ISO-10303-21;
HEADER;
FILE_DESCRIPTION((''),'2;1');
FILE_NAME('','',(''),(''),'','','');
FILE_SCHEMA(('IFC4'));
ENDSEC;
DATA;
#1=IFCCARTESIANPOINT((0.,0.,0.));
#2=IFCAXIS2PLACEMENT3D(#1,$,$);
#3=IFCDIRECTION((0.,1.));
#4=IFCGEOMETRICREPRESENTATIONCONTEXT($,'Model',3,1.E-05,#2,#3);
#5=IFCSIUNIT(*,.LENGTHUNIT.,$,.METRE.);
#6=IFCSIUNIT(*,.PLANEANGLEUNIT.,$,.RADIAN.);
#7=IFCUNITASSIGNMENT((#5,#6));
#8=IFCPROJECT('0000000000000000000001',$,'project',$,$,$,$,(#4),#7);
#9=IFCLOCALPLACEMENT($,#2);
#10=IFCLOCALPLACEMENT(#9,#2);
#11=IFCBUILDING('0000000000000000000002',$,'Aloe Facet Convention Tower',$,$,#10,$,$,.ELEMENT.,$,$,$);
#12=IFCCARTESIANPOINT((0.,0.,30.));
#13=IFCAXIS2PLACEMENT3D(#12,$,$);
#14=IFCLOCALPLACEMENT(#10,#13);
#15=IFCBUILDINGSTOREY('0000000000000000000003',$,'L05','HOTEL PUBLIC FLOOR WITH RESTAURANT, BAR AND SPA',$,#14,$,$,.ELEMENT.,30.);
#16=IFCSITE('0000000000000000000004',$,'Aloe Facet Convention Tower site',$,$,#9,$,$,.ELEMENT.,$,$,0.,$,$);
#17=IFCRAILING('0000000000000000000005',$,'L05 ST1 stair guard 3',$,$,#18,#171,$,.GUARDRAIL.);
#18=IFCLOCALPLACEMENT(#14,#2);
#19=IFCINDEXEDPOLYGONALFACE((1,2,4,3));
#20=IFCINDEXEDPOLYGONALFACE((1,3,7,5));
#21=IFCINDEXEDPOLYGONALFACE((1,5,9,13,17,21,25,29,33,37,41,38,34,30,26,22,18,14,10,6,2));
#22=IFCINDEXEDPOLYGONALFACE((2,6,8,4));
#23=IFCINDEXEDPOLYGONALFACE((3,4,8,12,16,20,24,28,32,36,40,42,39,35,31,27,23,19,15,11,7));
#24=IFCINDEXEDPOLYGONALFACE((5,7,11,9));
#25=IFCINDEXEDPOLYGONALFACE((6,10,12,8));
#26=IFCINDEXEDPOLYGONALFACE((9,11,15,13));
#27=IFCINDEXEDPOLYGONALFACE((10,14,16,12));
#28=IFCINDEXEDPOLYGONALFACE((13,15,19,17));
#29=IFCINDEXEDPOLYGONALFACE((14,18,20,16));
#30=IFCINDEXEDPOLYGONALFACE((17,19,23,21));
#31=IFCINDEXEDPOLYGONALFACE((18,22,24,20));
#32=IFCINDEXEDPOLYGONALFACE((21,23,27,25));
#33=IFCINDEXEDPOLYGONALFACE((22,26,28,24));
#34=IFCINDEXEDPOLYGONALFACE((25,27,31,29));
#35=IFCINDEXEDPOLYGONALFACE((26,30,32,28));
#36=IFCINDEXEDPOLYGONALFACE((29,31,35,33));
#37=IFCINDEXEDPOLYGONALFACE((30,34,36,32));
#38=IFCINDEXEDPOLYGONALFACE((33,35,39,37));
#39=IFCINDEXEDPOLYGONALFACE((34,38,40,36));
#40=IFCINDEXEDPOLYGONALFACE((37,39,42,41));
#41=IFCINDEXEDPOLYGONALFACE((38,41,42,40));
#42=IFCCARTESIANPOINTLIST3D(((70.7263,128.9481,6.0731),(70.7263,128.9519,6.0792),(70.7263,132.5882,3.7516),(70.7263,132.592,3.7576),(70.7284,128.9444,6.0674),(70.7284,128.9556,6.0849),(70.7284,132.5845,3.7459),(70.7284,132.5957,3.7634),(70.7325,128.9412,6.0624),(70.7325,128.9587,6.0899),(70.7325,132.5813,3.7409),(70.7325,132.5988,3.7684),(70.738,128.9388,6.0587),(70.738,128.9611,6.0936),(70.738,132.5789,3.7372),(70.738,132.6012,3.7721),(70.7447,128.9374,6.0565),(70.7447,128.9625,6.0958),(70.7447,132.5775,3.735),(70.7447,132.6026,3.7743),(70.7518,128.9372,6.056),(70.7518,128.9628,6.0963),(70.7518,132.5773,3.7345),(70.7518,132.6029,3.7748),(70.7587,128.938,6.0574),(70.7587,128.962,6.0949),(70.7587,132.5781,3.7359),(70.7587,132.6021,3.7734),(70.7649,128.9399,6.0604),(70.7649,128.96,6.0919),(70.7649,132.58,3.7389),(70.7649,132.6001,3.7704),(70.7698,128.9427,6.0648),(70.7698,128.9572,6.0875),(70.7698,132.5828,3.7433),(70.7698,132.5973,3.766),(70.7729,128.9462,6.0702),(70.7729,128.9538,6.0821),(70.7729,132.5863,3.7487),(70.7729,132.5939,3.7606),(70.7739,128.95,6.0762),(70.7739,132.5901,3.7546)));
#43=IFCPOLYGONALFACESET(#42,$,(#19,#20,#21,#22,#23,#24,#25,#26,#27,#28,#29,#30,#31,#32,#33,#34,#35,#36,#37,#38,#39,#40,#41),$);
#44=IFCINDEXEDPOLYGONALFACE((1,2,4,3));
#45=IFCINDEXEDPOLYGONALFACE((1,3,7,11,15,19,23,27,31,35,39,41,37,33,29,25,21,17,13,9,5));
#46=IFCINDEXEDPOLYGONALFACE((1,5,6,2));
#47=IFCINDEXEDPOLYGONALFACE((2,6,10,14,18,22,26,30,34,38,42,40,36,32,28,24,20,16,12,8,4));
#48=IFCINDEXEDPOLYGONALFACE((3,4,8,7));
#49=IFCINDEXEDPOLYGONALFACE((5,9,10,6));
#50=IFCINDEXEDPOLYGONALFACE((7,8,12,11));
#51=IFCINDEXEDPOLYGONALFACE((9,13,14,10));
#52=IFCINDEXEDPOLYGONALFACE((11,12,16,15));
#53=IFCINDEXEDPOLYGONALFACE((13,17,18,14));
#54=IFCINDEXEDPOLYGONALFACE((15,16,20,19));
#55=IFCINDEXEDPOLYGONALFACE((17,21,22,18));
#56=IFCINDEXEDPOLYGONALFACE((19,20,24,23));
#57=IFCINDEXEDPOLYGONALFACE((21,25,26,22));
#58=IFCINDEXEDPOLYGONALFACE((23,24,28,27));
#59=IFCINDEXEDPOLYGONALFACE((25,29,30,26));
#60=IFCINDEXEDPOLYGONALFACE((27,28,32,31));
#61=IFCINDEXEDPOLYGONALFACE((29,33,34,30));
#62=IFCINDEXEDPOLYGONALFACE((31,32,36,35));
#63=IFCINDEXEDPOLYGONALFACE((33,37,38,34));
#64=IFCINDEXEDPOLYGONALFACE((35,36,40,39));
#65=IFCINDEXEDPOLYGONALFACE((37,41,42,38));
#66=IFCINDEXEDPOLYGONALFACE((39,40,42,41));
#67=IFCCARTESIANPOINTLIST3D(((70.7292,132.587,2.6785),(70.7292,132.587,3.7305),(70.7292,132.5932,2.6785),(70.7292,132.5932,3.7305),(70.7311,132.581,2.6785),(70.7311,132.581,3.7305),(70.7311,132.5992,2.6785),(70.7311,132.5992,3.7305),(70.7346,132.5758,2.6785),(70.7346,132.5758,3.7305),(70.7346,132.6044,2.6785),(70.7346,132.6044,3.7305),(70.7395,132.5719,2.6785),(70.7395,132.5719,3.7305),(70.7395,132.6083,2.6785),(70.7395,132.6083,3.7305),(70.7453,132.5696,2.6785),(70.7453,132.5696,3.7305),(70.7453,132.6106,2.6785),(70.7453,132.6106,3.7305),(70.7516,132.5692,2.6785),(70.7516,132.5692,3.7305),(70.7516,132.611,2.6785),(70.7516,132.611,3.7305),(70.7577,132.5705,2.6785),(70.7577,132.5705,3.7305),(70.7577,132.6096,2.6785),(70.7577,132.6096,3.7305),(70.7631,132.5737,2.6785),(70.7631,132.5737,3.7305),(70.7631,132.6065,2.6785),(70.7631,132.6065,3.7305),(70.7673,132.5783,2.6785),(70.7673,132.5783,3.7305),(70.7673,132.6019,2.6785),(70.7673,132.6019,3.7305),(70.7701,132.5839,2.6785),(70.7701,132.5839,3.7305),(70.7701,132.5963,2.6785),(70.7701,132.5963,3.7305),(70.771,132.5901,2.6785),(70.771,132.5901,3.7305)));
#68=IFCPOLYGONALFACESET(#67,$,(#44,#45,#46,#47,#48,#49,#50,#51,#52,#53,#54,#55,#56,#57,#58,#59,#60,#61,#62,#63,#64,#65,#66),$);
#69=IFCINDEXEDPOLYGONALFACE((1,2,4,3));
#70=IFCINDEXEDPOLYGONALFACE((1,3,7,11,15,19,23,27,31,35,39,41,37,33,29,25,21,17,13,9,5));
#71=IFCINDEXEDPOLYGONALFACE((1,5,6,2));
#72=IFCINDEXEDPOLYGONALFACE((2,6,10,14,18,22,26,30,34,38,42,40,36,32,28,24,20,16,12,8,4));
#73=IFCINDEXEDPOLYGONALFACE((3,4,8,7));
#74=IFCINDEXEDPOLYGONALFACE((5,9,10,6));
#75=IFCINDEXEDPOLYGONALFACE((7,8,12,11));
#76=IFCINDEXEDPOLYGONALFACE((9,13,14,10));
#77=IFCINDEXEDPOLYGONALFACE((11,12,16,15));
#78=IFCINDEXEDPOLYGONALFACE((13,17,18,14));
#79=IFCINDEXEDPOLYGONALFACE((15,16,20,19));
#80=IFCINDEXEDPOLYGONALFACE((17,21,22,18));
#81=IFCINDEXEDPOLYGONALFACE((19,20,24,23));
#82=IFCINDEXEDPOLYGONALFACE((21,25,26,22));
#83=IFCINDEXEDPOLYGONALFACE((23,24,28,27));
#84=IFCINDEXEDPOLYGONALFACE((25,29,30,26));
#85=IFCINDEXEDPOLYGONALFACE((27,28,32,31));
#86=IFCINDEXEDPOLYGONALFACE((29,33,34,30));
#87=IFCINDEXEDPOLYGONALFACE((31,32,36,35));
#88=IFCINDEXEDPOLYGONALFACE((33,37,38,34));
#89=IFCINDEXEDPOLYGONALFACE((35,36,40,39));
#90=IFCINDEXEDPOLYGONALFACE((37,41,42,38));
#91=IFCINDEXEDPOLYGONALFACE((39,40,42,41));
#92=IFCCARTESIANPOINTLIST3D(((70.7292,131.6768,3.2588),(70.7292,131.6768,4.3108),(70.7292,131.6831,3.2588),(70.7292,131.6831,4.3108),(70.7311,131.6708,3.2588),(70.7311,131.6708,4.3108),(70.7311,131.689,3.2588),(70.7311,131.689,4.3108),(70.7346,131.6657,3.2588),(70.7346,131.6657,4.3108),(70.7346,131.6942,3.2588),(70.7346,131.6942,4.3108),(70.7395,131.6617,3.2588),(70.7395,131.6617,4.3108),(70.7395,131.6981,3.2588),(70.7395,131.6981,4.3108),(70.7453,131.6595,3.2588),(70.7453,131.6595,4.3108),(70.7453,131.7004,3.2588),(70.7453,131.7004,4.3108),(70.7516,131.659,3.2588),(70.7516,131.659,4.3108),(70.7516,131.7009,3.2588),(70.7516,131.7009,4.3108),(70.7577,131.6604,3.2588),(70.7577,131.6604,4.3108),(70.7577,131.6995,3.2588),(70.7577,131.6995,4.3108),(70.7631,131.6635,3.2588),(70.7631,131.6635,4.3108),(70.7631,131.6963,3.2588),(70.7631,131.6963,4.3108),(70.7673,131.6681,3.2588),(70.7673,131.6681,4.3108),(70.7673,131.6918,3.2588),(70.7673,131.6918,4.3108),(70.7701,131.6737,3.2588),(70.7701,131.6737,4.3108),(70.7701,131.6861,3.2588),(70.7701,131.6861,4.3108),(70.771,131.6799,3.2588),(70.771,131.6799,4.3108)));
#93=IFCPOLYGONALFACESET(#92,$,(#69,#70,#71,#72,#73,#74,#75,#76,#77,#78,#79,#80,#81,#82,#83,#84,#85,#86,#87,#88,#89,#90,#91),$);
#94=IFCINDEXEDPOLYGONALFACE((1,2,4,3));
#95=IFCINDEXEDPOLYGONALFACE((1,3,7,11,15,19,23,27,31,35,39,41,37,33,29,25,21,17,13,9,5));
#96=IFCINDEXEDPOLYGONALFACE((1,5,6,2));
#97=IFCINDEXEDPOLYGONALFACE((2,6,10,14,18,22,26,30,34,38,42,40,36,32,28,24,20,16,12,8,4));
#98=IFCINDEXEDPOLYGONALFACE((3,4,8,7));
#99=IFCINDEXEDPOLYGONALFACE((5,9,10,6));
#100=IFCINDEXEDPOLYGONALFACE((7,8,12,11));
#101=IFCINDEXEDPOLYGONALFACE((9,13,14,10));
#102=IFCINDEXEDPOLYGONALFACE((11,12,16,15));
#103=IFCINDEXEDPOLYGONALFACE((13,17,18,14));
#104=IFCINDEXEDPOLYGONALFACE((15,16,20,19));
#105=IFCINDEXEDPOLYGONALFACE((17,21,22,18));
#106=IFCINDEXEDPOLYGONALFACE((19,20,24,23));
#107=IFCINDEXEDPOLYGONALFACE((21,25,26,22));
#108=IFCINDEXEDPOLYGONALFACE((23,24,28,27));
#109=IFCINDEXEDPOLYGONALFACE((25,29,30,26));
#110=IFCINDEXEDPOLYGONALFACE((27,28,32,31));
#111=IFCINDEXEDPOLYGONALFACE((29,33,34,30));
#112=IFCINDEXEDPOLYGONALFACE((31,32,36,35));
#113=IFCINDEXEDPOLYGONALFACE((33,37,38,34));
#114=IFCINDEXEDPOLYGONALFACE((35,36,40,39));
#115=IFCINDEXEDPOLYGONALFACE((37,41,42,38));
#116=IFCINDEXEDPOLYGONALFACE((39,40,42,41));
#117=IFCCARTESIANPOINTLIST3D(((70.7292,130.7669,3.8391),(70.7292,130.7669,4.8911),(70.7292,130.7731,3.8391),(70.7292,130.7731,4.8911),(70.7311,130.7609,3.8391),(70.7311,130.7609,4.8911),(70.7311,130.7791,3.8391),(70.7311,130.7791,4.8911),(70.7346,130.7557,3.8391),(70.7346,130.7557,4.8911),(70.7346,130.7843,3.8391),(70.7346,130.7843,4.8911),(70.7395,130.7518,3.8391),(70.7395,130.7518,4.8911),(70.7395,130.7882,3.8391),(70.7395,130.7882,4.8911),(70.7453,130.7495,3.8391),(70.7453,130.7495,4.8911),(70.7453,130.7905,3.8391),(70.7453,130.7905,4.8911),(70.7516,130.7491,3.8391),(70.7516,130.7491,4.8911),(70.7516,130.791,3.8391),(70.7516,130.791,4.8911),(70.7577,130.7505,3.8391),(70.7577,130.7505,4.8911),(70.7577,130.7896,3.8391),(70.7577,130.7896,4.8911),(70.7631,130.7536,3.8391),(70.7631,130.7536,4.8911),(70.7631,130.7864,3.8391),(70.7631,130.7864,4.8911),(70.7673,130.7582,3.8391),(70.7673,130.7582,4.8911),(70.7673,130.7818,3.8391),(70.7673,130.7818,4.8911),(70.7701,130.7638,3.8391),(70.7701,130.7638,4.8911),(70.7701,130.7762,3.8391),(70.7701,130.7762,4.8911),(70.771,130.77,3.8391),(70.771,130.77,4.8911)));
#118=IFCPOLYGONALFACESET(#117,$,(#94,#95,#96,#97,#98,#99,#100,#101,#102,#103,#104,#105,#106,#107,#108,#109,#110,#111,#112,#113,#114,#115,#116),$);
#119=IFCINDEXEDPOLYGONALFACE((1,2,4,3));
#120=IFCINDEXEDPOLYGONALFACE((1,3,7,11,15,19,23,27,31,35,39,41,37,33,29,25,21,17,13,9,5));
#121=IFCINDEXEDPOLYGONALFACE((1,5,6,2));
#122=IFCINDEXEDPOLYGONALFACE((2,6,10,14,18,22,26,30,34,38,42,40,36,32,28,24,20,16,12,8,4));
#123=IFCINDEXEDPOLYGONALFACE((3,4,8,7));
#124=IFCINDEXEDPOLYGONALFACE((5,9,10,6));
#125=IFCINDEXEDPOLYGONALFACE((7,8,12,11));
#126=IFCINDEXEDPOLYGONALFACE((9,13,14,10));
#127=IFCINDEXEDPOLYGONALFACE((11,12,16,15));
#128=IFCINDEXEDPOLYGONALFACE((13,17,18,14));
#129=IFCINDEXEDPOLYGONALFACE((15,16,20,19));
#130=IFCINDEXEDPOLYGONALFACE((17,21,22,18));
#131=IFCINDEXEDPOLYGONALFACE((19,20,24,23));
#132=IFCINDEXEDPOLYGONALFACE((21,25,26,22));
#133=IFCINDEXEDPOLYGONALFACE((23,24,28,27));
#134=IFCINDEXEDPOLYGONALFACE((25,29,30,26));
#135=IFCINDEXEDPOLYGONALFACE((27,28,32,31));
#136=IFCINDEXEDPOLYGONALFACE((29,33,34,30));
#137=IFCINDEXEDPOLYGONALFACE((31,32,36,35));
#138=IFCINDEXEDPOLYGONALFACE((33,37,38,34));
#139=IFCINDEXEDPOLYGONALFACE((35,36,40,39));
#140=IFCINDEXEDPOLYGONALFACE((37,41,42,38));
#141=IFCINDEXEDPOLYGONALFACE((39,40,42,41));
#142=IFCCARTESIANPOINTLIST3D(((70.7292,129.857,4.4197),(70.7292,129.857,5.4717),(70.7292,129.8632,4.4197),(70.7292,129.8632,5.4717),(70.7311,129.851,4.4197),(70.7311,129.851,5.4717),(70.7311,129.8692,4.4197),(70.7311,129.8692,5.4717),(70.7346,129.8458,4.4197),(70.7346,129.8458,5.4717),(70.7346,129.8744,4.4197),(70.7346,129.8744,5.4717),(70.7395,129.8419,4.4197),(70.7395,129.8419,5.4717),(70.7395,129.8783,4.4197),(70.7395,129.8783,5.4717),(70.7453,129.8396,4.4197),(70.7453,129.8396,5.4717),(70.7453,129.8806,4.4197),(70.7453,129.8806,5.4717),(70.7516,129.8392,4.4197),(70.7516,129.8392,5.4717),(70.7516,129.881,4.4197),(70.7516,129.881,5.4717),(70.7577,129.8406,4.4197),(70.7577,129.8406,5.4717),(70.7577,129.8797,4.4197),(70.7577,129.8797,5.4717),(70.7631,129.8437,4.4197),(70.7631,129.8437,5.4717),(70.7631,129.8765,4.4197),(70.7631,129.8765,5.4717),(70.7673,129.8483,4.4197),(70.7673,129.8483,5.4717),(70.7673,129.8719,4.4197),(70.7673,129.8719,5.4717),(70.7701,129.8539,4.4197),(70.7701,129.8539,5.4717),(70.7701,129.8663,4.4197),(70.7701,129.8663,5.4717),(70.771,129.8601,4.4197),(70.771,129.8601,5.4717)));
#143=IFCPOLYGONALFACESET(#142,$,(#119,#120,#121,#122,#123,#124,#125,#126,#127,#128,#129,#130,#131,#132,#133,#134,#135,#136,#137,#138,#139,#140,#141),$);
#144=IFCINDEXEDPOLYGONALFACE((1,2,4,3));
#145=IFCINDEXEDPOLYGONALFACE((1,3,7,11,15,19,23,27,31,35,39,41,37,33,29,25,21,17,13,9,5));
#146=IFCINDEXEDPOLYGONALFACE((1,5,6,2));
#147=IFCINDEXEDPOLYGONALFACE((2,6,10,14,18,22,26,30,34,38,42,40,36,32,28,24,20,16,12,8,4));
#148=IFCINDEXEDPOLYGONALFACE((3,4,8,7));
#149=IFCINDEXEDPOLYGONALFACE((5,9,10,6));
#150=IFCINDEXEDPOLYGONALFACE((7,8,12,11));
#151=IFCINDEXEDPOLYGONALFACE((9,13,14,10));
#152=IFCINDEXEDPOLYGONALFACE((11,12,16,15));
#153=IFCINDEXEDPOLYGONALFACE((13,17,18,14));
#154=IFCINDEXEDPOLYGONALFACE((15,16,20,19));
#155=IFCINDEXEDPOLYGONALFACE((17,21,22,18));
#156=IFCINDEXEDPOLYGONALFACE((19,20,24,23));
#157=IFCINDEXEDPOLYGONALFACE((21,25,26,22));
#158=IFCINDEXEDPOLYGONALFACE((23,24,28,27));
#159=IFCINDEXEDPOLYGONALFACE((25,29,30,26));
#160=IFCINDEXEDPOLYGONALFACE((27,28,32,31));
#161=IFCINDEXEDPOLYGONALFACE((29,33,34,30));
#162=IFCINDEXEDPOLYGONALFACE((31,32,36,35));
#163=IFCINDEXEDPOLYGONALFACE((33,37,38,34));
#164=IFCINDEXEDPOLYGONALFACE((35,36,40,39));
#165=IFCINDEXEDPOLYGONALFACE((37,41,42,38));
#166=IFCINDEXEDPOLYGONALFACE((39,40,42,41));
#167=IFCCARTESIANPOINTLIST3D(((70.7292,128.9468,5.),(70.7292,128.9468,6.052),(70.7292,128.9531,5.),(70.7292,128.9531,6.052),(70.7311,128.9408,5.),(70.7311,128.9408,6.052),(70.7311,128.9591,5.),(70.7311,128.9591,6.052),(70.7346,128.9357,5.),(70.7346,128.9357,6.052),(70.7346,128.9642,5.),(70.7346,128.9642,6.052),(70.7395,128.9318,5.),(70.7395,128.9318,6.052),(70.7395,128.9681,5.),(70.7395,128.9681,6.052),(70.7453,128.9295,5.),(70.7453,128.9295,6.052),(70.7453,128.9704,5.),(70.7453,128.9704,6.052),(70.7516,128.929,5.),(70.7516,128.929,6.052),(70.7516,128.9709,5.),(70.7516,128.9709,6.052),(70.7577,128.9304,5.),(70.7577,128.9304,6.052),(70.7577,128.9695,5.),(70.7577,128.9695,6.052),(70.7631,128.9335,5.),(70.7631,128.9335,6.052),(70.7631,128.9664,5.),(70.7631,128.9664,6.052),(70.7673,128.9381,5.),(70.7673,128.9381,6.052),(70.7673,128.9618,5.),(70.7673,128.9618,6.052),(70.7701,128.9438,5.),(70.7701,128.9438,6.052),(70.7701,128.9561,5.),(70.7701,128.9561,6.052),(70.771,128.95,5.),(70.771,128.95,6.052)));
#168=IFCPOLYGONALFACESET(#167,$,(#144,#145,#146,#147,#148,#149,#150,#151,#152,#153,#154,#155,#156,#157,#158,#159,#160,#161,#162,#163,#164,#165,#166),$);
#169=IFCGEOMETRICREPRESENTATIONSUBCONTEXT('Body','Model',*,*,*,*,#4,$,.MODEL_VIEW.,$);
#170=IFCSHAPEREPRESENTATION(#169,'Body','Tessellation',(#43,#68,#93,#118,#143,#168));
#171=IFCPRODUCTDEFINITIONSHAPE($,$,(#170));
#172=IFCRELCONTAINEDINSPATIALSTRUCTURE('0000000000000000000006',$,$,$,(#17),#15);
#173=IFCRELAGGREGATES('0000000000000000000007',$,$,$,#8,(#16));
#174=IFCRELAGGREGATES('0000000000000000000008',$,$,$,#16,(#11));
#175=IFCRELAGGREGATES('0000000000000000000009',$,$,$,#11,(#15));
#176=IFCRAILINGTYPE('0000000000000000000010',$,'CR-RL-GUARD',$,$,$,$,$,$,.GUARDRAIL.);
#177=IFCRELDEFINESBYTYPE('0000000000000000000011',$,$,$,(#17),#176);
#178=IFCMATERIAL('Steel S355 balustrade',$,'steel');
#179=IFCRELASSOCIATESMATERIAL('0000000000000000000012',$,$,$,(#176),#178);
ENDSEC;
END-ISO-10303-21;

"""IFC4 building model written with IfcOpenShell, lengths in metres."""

from ifc_helpers import new_model, si_unit, direction, frame, origin, origin_2d, place, context, subcontext, project, spatial, circle, extrude, material, type_object, element, save


model = new_model("IFC4")

# Units and contexts
model_context = context("Model", 3, precision=1e-05, world=origin(), true_north=direction((0.0, 1.0)))
body_context = subcontext(model_context, "Body", "Model", "MODEL_VIEW")
ifc_project = project(units=[si_unit("LENGTHUNIT", "METRE"), si_unit("PLANEANGLEUNIT", "RADIAN")], contexts=[model_context])

# Site, building, storey
site_placement = place(None, origin())
site = spatial("IfcSite", under=ifc_project, at=site_placement, Name="Aloe Facet Convention Tower site", CompositionType="ELEMENT", RefElevation=0.0)
building_placement = place(site_placement, origin())
building = spatial("IfcBuilding", under=site, at=building_placement, Name="Aloe Facet Convention Tower", CompositionType="ELEMENT")
storey_placement = place(building_placement, frame((0.0, 0.0, 30.0)))
storey = spatial("IfcBuildingStorey", under=building, at=storey_placement, Name="L05", Description="HOTEL PUBLIC FLOOR WITH RESTAURANT, BAR AND SPA", CompositionType="ELEMENT", Elevation=30.0)

# Railing
ifc_material_1 = material(Name="Steel S355 balustrade", Category="steel")
railing_type = type_object("IfcRailingType", Name="CR-RL-GUARD", PredefinedType="GUARDRAIL", material=ifc_material_1)
railing_1_placement = place(storey_placement, frame((70.75, 132.5901, 2.6785)))
element("IfcRailing", 1, at=railing_1_placement, inside=storey, type_object=railing_type, Name="L05 ST1 stair guard 3", PredefinedType="GUARDRAIL", context=body_context, shape_type="SweptSolid", body=[
    extrude(circle(Radius=0.0239, at=origin_2d()), frame((0.0, 0.0, 1.0762), z_axis=(0.0, -0.843128, 0.537713), x_axis=(1.0, 0.0, 0.0)), (0.0, 0.0, 1.0), 4.3174),
    extrude(circle(Radius=0.021, at=origin_2d()), origin(), (0.0, 0.0, 1.0), 1.052),
    extrude(circle(Radius=0.021, at=origin_2d()), frame((0.0, -0.9102, 0.5803)), (0.0, 0.0, 1.0), 1.052),
    extrude(circle(Radius=0.021, at=origin_2d()), frame((0.0, -1.8201, 1.1606)), (0.0, 0.0, 1.0), 1.052),
    extrude(circle(Radius=0.021, at=origin_2d()), frame((0.0, -2.73, 1.7412)), (0.0, 0.0, 1.0), 1.052),
    extrude(circle(Radius=0.021, at=origin_2d()), frame((0.0, -3.6401, 2.3215)), (0.0, 0.0, 1.0), 1.052),
])

save(model, "model.ifc")
